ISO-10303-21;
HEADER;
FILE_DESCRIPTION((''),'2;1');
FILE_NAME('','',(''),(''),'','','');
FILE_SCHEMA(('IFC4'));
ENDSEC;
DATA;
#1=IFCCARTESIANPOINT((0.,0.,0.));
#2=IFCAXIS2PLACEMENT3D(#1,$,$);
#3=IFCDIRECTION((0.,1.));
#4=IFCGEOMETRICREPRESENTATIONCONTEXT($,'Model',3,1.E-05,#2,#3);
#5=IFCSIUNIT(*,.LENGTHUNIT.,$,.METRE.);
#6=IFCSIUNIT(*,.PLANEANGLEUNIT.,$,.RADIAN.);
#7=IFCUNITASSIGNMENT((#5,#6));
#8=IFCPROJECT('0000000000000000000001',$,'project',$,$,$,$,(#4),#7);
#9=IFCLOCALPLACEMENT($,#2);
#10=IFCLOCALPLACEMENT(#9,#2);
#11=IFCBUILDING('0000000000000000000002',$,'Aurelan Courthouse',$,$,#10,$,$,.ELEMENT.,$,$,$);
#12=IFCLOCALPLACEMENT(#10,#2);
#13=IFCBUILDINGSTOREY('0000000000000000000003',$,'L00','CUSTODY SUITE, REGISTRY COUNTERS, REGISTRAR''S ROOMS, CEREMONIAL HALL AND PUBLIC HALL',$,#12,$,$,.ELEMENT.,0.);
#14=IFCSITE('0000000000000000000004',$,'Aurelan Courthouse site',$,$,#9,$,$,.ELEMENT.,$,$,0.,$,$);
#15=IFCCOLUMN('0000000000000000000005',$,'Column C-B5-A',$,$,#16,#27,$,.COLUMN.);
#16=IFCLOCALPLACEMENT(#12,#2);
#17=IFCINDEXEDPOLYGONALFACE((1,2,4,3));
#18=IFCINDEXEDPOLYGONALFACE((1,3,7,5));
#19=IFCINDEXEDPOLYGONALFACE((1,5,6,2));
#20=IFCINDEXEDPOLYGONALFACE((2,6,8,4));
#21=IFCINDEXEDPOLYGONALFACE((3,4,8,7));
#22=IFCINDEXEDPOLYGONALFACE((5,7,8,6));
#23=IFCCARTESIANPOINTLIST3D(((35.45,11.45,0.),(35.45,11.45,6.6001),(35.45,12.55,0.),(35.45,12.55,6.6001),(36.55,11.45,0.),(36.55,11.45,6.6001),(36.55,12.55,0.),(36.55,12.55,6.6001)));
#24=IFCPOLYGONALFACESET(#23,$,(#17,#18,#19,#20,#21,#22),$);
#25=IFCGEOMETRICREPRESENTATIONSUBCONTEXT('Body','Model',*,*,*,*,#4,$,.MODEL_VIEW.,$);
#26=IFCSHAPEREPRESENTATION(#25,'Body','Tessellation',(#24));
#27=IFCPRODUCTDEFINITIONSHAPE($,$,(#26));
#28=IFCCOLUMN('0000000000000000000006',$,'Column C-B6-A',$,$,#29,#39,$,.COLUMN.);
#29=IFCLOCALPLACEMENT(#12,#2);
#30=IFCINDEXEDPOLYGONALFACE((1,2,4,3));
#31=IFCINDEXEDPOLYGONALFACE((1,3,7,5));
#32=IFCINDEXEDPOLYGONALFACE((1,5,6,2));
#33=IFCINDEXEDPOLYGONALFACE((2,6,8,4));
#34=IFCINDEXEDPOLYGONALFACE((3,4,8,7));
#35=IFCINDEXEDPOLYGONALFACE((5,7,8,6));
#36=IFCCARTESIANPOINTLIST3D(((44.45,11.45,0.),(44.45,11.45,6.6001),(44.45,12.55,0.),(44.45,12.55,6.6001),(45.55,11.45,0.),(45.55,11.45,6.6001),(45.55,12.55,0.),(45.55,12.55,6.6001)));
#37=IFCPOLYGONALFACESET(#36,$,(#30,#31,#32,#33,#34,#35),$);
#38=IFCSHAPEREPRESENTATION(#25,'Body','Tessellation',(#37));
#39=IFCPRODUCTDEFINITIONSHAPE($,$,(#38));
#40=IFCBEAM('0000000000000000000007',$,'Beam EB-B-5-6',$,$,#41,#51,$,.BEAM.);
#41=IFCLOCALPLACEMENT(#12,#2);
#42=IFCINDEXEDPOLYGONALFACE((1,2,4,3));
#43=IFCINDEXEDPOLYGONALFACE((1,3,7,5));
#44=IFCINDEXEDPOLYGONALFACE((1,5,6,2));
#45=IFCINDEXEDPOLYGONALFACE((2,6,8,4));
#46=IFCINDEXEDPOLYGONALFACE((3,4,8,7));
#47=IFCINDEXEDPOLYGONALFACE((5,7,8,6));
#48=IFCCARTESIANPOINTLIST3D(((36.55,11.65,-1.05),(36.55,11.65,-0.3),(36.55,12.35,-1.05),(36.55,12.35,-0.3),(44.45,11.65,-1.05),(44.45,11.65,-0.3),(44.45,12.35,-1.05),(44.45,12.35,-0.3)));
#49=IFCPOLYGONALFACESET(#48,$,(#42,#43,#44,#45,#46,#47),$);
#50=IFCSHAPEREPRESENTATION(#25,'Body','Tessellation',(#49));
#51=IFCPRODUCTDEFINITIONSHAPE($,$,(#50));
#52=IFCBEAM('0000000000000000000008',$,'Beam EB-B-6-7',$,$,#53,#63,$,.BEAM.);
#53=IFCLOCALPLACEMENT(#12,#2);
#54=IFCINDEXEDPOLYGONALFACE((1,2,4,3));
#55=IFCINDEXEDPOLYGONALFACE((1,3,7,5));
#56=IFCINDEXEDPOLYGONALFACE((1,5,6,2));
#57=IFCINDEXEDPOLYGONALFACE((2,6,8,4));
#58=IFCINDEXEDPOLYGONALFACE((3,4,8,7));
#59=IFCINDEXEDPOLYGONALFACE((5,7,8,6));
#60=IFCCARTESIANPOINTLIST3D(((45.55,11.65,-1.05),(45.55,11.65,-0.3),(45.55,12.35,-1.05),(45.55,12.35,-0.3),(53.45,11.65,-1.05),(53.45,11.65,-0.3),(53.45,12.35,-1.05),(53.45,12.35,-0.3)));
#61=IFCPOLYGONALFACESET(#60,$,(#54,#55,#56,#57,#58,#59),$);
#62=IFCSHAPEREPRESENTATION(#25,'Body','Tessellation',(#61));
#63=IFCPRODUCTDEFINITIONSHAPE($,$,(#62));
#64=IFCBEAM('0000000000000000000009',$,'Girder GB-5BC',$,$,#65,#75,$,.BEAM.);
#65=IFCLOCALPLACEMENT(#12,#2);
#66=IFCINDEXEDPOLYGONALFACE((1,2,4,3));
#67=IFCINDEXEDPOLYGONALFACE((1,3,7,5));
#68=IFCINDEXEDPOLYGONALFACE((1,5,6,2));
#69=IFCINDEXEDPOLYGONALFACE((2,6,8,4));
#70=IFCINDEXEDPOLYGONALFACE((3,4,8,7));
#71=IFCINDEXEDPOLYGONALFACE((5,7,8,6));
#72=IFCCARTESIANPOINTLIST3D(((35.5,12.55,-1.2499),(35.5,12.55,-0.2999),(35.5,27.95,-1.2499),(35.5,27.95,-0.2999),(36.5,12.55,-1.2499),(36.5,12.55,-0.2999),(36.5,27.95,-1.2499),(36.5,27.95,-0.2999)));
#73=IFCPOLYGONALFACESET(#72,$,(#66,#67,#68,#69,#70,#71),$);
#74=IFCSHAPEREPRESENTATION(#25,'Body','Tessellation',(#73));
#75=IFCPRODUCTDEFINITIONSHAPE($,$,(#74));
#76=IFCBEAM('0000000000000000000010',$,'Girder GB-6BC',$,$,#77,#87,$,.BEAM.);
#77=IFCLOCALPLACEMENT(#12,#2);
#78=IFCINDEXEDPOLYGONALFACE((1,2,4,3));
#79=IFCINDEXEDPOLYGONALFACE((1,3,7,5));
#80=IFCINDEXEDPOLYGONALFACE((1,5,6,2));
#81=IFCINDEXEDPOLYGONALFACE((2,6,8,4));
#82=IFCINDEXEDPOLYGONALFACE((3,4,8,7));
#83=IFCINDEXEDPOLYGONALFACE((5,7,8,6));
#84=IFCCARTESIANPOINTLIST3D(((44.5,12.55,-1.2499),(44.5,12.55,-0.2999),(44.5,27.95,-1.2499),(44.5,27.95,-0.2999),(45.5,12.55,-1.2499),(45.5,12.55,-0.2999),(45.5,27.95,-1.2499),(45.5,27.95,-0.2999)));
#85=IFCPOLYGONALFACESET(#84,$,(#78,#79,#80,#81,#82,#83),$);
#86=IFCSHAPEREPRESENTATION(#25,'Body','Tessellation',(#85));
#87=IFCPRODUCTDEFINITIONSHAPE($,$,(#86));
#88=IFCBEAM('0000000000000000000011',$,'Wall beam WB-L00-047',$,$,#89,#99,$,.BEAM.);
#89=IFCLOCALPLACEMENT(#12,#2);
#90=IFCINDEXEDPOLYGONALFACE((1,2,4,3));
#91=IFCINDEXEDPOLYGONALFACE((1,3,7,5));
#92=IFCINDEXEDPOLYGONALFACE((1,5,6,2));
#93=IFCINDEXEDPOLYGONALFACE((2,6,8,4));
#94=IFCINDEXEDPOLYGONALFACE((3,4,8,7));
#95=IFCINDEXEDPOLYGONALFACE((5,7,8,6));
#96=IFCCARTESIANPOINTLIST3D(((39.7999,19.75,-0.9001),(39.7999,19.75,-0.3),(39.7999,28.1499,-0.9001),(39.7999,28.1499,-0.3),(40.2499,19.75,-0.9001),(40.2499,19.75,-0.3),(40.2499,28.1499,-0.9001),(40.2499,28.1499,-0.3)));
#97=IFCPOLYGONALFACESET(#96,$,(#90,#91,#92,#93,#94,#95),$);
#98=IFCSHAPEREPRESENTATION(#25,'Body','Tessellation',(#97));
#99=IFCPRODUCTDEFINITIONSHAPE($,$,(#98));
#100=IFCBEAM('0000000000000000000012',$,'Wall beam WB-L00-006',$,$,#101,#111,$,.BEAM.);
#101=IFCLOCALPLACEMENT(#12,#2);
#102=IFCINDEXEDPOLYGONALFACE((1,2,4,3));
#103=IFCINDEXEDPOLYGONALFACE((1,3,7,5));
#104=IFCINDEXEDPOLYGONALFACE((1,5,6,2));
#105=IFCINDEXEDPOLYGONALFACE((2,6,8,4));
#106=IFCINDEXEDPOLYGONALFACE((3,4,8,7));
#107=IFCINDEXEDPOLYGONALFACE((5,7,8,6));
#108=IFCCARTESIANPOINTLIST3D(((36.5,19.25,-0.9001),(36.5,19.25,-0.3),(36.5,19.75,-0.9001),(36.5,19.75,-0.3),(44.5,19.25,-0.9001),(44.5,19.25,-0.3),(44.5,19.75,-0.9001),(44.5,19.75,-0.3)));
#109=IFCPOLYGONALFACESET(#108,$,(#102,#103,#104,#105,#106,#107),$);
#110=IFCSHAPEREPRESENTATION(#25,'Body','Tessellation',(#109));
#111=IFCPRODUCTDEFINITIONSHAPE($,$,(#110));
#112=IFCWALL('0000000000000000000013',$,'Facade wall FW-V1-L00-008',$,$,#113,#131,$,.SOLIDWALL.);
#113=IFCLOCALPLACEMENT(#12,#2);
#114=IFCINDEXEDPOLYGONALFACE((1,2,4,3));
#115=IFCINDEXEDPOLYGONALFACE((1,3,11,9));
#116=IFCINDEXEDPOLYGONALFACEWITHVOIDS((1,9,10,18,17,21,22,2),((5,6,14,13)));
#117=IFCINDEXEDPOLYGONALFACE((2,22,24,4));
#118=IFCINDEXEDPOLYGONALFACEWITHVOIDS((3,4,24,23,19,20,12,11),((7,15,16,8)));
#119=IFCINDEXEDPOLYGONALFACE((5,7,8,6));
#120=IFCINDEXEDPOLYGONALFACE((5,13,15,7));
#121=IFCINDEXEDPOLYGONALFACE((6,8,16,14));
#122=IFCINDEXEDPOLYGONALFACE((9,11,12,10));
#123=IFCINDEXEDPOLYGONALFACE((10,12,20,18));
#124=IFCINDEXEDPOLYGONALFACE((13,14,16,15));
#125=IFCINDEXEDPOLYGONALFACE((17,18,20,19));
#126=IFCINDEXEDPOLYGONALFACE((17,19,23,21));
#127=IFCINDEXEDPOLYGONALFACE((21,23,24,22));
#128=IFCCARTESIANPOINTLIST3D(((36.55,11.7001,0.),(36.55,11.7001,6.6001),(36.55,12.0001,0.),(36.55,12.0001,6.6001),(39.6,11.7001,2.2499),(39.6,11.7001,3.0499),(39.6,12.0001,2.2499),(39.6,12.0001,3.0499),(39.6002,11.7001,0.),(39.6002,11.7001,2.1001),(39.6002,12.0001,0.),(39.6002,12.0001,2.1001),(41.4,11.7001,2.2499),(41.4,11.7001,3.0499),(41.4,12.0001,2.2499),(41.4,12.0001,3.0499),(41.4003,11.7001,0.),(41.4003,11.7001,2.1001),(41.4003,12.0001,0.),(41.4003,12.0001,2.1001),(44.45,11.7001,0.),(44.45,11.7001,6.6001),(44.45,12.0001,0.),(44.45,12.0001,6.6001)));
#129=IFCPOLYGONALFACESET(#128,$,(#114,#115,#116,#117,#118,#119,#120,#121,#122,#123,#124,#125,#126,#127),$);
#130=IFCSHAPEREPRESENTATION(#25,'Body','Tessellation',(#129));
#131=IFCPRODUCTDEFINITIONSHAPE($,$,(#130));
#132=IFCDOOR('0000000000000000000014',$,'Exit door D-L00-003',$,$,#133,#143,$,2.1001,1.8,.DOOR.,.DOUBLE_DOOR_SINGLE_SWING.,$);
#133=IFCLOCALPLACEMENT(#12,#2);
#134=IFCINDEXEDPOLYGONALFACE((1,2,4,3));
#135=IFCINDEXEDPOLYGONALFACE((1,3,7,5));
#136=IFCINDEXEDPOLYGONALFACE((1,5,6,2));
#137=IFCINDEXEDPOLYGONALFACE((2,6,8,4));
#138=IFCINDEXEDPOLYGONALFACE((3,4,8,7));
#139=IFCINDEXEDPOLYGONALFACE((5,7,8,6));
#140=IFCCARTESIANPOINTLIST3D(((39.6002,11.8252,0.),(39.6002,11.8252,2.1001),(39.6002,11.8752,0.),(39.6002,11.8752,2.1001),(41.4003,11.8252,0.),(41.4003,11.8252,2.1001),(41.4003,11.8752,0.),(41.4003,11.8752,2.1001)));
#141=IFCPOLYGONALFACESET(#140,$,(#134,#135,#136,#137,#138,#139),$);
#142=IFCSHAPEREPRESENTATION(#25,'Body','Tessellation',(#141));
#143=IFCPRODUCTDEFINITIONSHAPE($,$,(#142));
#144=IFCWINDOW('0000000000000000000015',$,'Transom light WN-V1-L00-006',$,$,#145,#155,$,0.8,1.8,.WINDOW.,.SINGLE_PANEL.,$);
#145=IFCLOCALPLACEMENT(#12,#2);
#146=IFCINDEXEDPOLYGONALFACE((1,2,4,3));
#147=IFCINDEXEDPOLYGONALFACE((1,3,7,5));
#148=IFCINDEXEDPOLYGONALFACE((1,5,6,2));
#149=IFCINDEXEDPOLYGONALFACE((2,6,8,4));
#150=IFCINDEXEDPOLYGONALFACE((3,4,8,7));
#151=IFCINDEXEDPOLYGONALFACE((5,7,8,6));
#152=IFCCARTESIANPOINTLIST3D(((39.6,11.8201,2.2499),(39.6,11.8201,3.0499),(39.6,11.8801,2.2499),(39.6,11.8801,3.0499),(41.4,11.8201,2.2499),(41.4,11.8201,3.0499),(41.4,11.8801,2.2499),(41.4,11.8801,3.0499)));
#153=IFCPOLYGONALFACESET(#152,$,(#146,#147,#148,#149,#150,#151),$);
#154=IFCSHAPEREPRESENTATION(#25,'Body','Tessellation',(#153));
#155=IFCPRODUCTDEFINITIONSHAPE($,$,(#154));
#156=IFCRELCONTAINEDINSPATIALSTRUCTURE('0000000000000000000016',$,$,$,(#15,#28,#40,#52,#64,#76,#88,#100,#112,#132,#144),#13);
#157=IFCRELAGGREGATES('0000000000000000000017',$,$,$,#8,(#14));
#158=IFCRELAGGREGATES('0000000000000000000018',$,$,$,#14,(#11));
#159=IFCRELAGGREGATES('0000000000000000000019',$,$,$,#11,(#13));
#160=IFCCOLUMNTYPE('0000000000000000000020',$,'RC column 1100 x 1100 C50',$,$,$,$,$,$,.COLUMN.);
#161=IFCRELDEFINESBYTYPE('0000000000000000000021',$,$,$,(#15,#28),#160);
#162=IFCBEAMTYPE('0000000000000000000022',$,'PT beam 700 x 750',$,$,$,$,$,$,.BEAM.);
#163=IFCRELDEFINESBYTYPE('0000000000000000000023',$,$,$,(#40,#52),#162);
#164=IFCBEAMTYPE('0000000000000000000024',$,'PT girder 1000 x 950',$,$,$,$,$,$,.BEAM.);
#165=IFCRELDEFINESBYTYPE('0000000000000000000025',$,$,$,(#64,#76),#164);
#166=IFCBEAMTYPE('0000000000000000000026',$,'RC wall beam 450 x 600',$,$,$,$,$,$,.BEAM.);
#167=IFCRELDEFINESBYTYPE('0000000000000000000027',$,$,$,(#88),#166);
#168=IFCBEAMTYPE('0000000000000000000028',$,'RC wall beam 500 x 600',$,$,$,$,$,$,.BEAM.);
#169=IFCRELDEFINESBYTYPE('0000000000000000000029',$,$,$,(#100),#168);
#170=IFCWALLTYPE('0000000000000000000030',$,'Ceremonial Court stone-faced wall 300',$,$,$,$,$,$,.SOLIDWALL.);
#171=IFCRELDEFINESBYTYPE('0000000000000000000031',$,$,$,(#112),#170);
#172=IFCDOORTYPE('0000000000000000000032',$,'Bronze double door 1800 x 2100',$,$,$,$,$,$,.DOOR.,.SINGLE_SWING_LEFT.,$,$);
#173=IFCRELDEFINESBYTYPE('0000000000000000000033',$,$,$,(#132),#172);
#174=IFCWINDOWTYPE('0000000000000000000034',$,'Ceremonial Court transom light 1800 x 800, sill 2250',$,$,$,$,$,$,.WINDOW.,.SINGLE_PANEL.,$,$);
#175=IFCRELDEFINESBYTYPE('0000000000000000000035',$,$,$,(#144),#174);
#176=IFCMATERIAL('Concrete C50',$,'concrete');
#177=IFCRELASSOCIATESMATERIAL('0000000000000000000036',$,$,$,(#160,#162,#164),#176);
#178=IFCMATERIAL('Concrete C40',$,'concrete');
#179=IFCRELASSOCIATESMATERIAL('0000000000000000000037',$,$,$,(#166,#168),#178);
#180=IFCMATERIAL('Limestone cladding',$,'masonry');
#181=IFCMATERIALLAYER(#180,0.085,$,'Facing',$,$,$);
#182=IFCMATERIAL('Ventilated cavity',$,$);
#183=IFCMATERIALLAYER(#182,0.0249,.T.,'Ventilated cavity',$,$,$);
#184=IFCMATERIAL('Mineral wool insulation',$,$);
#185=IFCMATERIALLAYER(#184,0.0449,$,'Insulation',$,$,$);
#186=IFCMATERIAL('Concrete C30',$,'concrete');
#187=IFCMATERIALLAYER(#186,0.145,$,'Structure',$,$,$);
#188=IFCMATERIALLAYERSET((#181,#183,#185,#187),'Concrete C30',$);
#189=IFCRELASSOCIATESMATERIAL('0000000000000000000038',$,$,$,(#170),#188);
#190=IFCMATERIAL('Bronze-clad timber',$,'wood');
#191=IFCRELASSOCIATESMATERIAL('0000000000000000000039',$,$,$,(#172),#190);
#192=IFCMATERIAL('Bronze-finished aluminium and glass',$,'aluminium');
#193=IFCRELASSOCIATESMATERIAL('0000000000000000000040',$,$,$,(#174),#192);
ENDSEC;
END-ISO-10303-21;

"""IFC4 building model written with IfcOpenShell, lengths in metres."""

from ifc_helpers import new_model, si_unit, direction, frame, frame_2d, origin, origin_2d, place, context, subcontext, project, spatial, rectangle, extrude, material, layer, layer_set, material_profile, profile_set, type_object, element, fill, save


model = new_model("IFC4")

# Units and contexts
model_context = context("Model", 3, precision=1e-05, world=origin(), true_north=direction((0.0, 1.0)))
body_context = subcontext(model_context, "Body", "Model", "MODEL_VIEW")
ifc_project = project(units=[si_unit("LENGTHUNIT", "METRE"), si_unit("PLANEANGLEUNIT", "RADIAN")], contexts=[model_context])

# Site, building, storey
site_placement = place(None, origin())
site = spatial("IfcSite", under=ifc_project, at=site_placement, Name="Aurelan Courthouse site", CompositionType="ELEMENT", RefElevation=0.0)
building_placement = place(site_placement, origin())
building = spatial("IfcBuilding", under=site, at=building_placement, Name="Aurelan Courthouse", CompositionType="ELEMENT")
storey_placement = place(building_placement, origin())
storey = spatial("IfcBuildingStorey", under=building, at=storey_placement, Name="L00", Description="CUSTODY SUITE, REGISTRY COUNTERS, REGISTRAR'S ROOMS, CEREMONIAL HALL AND PUBLIC HALL", CompositionType="ELEMENT", Elevation=0.0)

# Columns
ifc_material_1 = material(Name="Concrete C50", Category="concrete")
ifc_material_profile_1 = material_profile(ifc_material_1, rectangle(XDim=1.1001, YDim=1.1001, at=origin_2d()), Name="RC 1100 x 1100")
ifc_profile_set_1 = profile_set([ifc_material_profile_1], Name="Concrete C50")
column_type = type_object("IfcColumnType", Name="RC column 1100 x 1100 C50", PredefinedType="COLUMN", material=ifc_profile_set_1)
for number, where, z_axis, x_axis, name in (
    (1, (36.0, 12.0, 0.0), (0.0, 0.0, 1.0), (1.0, 0.0, 0.0), "Column C-B5-A"),
    (2, (45.0, 12.0, 0.0), (0.0, 0.0, 1.0), (1.0, 0.0, 0.0), "Column C-B6-A"),
):
    element("IfcColumn", number, at=place(storey_placement, frame(where, z_axis=z_axis, x_axis=x_axis)), inside=storey, type_object=column_type, Name=name, PredefinedType="COLUMN", context=body_context, shape_type="SweptSolid", body=[
        extrude(rectangle(XDim=1.1001, YDim=1.1001, at=origin_2d()), origin(), (0.0, 0.0, 1.0), 6.6001),
    ])

# Beams
ifc_material_profile_2 = material_profile(ifc_material_1, rectangle(XDim=0.7, YDim=0.75, at=origin_2d()), Name="RC 700 x 750")
ifc_profile_set_2 = profile_set([ifc_material_profile_2], Name="Concrete C50")
beam_type_1 = type_object("IfcBeamType", Name="PT beam 700 x 750", PredefinedType="BEAM", material=ifc_profile_set_2)
for number, where, z_axis, x_axis, name in (
    (3, (36.55, 12.0, -0.675), (1.0, 0.0, 0.0), (0.0, 1.0, 0.0), "Beam EB-B-5-6"),
    (4, (45.55, 12.0, -0.675), (1.0, 0.0, 0.0), (0.0, 1.0, 0.0), "Beam EB-B-6-7"),
):
    element("IfcBeam", number, at=place(storey_placement, frame(where, z_axis=z_axis, x_axis=x_axis)), inside=storey, type_object=beam_type_1, Name=name, PredefinedType="BEAM", context=body_context, shape_type="SweptSolid", body=[
        extrude(rectangle(XDim=0.7, YDim=0.75, at=origin_2d()), origin(), (0.0, 0.0, 1.0), 7.8999),
    ])
ifc_material_profile_3 = material_profile(ifc_material_1, rectangle(XDim=1.0, YDim=0.95, at=origin_2d()), Name="RC 1000 x 950")
ifc_profile_set_3 = profile_set([ifc_material_profile_3], Name="Concrete C50")
beam_type_2 = type_object("IfcBeamType", Name="PT girder 1000 x 950", PredefinedType="BEAM", material=ifc_profile_set_3)
for number, where, z_axis, x_axis, name in (
    (5, (36.0, 12.55, -0.7749), (0.0, 1.0, 0.0), (-1.0, 0.0, 0.0), "Girder GB-5BC"),
    (6, (45.0, 12.55, -0.7749), (0.0, 1.0, 0.0), (-1.0, 0.0, 0.0), "Girder GB-6BC"),
):
    element("IfcBeam", number, at=place(storey_placement, frame(where, z_axis=z_axis, x_axis=x_axis)), inside=storey, type_object=beam_type_2, Name=name, PredefinedType="BEAM", context=body_context, shape_type="SweptSolid", body=[
        extrude(rectangle(XDim=1.0, YDim=0.95, at=origin_2d()), origin(), (0.0, 0.0, 1.0), 15.3999),
    ])
ifc_material_2 = material(Name="Concrete C40", Category="concrete")
ifc_material_profile_4 = material_profile(ifc_material_2, rectangle(XDim=0.45, YDim=0.6001, at=origin_2d()), Name="RC 450 x 600")
ifc_profile_set_4 = profile_set([ifc_material_profile_4], Name="Concrete C40")
beam_type_3 = type_object("IfcBeamType", Name="RC wall beam 450 x 600", PredefinedType="BEAM", material=ifc_profile_set_4)
beam_1_placement = place(storey_placement, frame((40.0249, 19.75, -0.6001), z_axis=(0.0, 1.0, 0.0), x_axis=(-1.0, 0.0, 0.0)))
element("IfcBeam", 7, at=beam_1_placement, inside=storey, type_object=beam_type_3, Name="Wall beam WB-L00-047", PredefinedType="BEAM", context=body_context, shape_type="SweptSolid", body=[
    extrude(rectangle(XDim=0.45, YDim=0.6001, at=origin_2d()), origin(), (0.0, 0.0, 1.0), 8.3999),
])
ifc_material_profile_5 = material_profile(ifc_material_2, rectangle(XDim=0.5, YDim=0.6001, at=origin_2d()), Name="RC 500 x 600")
ifc_profile_set_5 = profile_set([ifc_material_profile_5], Name="Concrete C40")
beam_type_4 = type_object("IfcBeamType", Name="RC wall beam 500 x 600", PredefinedType="BEAM", material=ifc_profile_set_5)
beam_2_placement = place(storey_placement, frame((36.5, 19.5, -0.6001), z_axis=(1.0, 0.0, 0.0), x_axis=(0.0, 1.0, 0.0)))
element("IfcBeam", 8, at=beam_2_placement, inside=storey, type_object=beam_type_4, Name="Wall beam WB-L00-006", PredefinedType="BEAM", context=body_context, shape_type="SweptSolid", body=[
    extrude(rectangle(XDim=0.5, YDim=0.6001, at=origin_2d()), origin(), (0.0, 0.0, 1.0), 8.0),
])

# Wall, openings, door, window
ifc_material_3 = material(Name="Limestone cladding", Category="masonry")
ifc_layer_1 = layer(ifc_material_3, 0.085, Name="Facing")
ifc_material_4 = material(Name="Ventilated cavity")
ifc_layer_2 = layer(ifc_material_4, 0.0249, ventilated=True, Name="Ventilated cavity")
ifc_material_5 = material(Name="Mineral wool insulation")
ifc_layer_3 = layer(ifc_material_5, 0.0449, Name="Insulation")
ifc_material_6 = material(Name="Concrete C30", Category="concrete")
ifc_layer_4 = layer(ifc_material_6, 0.145, Name="Structure")
ifc_layer_set_1 = layer_set([ifc_layer_1, ifc_layer_2, ifc_layer_3, ifc_layer_4], Name="Concrete C30")
wall_type_1 = type_object("IfcWallType", Name="Ceremonial Court stone-faced wall 300", PredefinedType="SOLIDWALL", material=ifc_layer_set_1)
wall_1_placement = place(storey_placement, frame((36.55, 11.8501, 0.0), z_axis=(0.0, 0.0, 1.0), x_axis=(1.0, 0.0, 0.0)))
wall_1 = element("IfcWall", 9, at=wall_1_placement, inside=storey, type_object=wall_type_1, Name="Facade wall FW-V1-L00-008", PredefinedType="SOLIDWALL", context=body_context, shape_type="SweptSolid", body=[
    extrude(rectangle(XDim=7.8999, YDim=0.3, at=frame_2d((3.95, 0.0))), origin(), (0.0, 0.0, 1.0), 6.6001),
])
opening_1_placement = place(wall_1_placement, frame((4.8501, 0.0, 0.0), z_axis=(0.0, 0.0, 1.0), x_axis=(-1.0, 0.0, 0.0)))
opening_1 = element("IfcOpeningElement", 10, at=opening_1_placement, cuts=wall_1, PredefinedType="OPENING", context=body_context, shape_type="SweptSolid", body=[
    extrude(rectangle(XDim=1.8, YDim=2.1001, at=frame_2d((0.8999, 1.05))), frame((0.0, 0.1599, 0.0), z_axis=(0.0, -1.0, 0.0), x_axis=(1.0, 0.0, 0.0)), (0.0, 0.0, 1.0), 0.3201),
])
opening_2_placement = place(wall_1_placement, frame((3.05, 0.0, 2.25)))
opening_2 = element("IfcOpeningElement", 11, at=opening_2_placement, cuts=wall_1, PredefinedType="OPENING", context=body_context, shape_type="SweptSolid", body=[
    extrude(rectangle(XDim=1.8, YDim=0.8, at=frame_2d((0.8999, 0.3999))), frame((0.0, 0.1599, 0.0), z_axis=(0.0, -1.0, 0.0), x_axis=(1.0, 0.0, 0.0)), (0.0, 0.0, 1.0), 0.3201),
])
ifc_material_7 = material(Name="Bronze-clad timber", Category="wood")
door_type_1 = type_object("IfcDoorType", Name="Bronze double door 1800 x 2100", OperationType="SINGLE_SWING_LEFT", PredefinedType="DOOR", material=ifc_material_7)
door_1_placement = place(opening_1_placement, origin())
door_1 = element("IfcDoor", 12, at=door_1_placement, inside=storey, type_object=door_type_1, Name="Exit door D-L00-003", OperationType="DOUBLE_DOOR_SINGLE_SWING", OverallHeight=2.1001, OverallWidth=1.8, PredefinedType="DOOR", context=body_context, shape_type="SweptSolid", body=[
    extrude(rectangle(XDim=1.8, YDim=2.1001, at=frame_2d((0.8999, 1.05))), frame((0.0, 0.0249, 0.0), z_axis=(0.0, -1.0, 0.0), x_axis=(1.0, 0.0, 0.0)), (0.0, 0.0, 1.0), 0.05),
])
fill(opening_1, door_1)
ifc_material_8 = material(Name="Bronze-finished aluminium and glass", Category="aluminium")
window_type_1 = type_object("IfcWindowType", Name="Ceremonial Court transom light 1800 x 800, sill 2250", PartitioningType="SINGLE_PANEL", PredefinedType="WINDOW", material=ifc_material_8)
window_1_placement = place(opening_2_placement, origin())
window_1 = element("IfcWindow", 13, at=window_1_placement, inside=storey, type_object=window_type_1, Name="Transom light WN-V1-L00-006", OverallHeight=0.8, OverallWidth=1.8, PartitioningType="SINGLE_PANEL", PredefinedType="WINDOW", context=body_context, shape_type="SweptSolid", body=[
    extrude(rectangle(XDim=1.8, YDim=0.8, at=frame_2d((0.8999, 0.3999))), frame((0.0, 0.03, 0.0), z_axis=(0.0, -1.0, 0.0), x_axis=(1.0, 0.0, 0.0)), (0.0, 0.0, 1.0), 0.0601),
])
fill(opening_2, window_1)

save(model, "model.ifc")
